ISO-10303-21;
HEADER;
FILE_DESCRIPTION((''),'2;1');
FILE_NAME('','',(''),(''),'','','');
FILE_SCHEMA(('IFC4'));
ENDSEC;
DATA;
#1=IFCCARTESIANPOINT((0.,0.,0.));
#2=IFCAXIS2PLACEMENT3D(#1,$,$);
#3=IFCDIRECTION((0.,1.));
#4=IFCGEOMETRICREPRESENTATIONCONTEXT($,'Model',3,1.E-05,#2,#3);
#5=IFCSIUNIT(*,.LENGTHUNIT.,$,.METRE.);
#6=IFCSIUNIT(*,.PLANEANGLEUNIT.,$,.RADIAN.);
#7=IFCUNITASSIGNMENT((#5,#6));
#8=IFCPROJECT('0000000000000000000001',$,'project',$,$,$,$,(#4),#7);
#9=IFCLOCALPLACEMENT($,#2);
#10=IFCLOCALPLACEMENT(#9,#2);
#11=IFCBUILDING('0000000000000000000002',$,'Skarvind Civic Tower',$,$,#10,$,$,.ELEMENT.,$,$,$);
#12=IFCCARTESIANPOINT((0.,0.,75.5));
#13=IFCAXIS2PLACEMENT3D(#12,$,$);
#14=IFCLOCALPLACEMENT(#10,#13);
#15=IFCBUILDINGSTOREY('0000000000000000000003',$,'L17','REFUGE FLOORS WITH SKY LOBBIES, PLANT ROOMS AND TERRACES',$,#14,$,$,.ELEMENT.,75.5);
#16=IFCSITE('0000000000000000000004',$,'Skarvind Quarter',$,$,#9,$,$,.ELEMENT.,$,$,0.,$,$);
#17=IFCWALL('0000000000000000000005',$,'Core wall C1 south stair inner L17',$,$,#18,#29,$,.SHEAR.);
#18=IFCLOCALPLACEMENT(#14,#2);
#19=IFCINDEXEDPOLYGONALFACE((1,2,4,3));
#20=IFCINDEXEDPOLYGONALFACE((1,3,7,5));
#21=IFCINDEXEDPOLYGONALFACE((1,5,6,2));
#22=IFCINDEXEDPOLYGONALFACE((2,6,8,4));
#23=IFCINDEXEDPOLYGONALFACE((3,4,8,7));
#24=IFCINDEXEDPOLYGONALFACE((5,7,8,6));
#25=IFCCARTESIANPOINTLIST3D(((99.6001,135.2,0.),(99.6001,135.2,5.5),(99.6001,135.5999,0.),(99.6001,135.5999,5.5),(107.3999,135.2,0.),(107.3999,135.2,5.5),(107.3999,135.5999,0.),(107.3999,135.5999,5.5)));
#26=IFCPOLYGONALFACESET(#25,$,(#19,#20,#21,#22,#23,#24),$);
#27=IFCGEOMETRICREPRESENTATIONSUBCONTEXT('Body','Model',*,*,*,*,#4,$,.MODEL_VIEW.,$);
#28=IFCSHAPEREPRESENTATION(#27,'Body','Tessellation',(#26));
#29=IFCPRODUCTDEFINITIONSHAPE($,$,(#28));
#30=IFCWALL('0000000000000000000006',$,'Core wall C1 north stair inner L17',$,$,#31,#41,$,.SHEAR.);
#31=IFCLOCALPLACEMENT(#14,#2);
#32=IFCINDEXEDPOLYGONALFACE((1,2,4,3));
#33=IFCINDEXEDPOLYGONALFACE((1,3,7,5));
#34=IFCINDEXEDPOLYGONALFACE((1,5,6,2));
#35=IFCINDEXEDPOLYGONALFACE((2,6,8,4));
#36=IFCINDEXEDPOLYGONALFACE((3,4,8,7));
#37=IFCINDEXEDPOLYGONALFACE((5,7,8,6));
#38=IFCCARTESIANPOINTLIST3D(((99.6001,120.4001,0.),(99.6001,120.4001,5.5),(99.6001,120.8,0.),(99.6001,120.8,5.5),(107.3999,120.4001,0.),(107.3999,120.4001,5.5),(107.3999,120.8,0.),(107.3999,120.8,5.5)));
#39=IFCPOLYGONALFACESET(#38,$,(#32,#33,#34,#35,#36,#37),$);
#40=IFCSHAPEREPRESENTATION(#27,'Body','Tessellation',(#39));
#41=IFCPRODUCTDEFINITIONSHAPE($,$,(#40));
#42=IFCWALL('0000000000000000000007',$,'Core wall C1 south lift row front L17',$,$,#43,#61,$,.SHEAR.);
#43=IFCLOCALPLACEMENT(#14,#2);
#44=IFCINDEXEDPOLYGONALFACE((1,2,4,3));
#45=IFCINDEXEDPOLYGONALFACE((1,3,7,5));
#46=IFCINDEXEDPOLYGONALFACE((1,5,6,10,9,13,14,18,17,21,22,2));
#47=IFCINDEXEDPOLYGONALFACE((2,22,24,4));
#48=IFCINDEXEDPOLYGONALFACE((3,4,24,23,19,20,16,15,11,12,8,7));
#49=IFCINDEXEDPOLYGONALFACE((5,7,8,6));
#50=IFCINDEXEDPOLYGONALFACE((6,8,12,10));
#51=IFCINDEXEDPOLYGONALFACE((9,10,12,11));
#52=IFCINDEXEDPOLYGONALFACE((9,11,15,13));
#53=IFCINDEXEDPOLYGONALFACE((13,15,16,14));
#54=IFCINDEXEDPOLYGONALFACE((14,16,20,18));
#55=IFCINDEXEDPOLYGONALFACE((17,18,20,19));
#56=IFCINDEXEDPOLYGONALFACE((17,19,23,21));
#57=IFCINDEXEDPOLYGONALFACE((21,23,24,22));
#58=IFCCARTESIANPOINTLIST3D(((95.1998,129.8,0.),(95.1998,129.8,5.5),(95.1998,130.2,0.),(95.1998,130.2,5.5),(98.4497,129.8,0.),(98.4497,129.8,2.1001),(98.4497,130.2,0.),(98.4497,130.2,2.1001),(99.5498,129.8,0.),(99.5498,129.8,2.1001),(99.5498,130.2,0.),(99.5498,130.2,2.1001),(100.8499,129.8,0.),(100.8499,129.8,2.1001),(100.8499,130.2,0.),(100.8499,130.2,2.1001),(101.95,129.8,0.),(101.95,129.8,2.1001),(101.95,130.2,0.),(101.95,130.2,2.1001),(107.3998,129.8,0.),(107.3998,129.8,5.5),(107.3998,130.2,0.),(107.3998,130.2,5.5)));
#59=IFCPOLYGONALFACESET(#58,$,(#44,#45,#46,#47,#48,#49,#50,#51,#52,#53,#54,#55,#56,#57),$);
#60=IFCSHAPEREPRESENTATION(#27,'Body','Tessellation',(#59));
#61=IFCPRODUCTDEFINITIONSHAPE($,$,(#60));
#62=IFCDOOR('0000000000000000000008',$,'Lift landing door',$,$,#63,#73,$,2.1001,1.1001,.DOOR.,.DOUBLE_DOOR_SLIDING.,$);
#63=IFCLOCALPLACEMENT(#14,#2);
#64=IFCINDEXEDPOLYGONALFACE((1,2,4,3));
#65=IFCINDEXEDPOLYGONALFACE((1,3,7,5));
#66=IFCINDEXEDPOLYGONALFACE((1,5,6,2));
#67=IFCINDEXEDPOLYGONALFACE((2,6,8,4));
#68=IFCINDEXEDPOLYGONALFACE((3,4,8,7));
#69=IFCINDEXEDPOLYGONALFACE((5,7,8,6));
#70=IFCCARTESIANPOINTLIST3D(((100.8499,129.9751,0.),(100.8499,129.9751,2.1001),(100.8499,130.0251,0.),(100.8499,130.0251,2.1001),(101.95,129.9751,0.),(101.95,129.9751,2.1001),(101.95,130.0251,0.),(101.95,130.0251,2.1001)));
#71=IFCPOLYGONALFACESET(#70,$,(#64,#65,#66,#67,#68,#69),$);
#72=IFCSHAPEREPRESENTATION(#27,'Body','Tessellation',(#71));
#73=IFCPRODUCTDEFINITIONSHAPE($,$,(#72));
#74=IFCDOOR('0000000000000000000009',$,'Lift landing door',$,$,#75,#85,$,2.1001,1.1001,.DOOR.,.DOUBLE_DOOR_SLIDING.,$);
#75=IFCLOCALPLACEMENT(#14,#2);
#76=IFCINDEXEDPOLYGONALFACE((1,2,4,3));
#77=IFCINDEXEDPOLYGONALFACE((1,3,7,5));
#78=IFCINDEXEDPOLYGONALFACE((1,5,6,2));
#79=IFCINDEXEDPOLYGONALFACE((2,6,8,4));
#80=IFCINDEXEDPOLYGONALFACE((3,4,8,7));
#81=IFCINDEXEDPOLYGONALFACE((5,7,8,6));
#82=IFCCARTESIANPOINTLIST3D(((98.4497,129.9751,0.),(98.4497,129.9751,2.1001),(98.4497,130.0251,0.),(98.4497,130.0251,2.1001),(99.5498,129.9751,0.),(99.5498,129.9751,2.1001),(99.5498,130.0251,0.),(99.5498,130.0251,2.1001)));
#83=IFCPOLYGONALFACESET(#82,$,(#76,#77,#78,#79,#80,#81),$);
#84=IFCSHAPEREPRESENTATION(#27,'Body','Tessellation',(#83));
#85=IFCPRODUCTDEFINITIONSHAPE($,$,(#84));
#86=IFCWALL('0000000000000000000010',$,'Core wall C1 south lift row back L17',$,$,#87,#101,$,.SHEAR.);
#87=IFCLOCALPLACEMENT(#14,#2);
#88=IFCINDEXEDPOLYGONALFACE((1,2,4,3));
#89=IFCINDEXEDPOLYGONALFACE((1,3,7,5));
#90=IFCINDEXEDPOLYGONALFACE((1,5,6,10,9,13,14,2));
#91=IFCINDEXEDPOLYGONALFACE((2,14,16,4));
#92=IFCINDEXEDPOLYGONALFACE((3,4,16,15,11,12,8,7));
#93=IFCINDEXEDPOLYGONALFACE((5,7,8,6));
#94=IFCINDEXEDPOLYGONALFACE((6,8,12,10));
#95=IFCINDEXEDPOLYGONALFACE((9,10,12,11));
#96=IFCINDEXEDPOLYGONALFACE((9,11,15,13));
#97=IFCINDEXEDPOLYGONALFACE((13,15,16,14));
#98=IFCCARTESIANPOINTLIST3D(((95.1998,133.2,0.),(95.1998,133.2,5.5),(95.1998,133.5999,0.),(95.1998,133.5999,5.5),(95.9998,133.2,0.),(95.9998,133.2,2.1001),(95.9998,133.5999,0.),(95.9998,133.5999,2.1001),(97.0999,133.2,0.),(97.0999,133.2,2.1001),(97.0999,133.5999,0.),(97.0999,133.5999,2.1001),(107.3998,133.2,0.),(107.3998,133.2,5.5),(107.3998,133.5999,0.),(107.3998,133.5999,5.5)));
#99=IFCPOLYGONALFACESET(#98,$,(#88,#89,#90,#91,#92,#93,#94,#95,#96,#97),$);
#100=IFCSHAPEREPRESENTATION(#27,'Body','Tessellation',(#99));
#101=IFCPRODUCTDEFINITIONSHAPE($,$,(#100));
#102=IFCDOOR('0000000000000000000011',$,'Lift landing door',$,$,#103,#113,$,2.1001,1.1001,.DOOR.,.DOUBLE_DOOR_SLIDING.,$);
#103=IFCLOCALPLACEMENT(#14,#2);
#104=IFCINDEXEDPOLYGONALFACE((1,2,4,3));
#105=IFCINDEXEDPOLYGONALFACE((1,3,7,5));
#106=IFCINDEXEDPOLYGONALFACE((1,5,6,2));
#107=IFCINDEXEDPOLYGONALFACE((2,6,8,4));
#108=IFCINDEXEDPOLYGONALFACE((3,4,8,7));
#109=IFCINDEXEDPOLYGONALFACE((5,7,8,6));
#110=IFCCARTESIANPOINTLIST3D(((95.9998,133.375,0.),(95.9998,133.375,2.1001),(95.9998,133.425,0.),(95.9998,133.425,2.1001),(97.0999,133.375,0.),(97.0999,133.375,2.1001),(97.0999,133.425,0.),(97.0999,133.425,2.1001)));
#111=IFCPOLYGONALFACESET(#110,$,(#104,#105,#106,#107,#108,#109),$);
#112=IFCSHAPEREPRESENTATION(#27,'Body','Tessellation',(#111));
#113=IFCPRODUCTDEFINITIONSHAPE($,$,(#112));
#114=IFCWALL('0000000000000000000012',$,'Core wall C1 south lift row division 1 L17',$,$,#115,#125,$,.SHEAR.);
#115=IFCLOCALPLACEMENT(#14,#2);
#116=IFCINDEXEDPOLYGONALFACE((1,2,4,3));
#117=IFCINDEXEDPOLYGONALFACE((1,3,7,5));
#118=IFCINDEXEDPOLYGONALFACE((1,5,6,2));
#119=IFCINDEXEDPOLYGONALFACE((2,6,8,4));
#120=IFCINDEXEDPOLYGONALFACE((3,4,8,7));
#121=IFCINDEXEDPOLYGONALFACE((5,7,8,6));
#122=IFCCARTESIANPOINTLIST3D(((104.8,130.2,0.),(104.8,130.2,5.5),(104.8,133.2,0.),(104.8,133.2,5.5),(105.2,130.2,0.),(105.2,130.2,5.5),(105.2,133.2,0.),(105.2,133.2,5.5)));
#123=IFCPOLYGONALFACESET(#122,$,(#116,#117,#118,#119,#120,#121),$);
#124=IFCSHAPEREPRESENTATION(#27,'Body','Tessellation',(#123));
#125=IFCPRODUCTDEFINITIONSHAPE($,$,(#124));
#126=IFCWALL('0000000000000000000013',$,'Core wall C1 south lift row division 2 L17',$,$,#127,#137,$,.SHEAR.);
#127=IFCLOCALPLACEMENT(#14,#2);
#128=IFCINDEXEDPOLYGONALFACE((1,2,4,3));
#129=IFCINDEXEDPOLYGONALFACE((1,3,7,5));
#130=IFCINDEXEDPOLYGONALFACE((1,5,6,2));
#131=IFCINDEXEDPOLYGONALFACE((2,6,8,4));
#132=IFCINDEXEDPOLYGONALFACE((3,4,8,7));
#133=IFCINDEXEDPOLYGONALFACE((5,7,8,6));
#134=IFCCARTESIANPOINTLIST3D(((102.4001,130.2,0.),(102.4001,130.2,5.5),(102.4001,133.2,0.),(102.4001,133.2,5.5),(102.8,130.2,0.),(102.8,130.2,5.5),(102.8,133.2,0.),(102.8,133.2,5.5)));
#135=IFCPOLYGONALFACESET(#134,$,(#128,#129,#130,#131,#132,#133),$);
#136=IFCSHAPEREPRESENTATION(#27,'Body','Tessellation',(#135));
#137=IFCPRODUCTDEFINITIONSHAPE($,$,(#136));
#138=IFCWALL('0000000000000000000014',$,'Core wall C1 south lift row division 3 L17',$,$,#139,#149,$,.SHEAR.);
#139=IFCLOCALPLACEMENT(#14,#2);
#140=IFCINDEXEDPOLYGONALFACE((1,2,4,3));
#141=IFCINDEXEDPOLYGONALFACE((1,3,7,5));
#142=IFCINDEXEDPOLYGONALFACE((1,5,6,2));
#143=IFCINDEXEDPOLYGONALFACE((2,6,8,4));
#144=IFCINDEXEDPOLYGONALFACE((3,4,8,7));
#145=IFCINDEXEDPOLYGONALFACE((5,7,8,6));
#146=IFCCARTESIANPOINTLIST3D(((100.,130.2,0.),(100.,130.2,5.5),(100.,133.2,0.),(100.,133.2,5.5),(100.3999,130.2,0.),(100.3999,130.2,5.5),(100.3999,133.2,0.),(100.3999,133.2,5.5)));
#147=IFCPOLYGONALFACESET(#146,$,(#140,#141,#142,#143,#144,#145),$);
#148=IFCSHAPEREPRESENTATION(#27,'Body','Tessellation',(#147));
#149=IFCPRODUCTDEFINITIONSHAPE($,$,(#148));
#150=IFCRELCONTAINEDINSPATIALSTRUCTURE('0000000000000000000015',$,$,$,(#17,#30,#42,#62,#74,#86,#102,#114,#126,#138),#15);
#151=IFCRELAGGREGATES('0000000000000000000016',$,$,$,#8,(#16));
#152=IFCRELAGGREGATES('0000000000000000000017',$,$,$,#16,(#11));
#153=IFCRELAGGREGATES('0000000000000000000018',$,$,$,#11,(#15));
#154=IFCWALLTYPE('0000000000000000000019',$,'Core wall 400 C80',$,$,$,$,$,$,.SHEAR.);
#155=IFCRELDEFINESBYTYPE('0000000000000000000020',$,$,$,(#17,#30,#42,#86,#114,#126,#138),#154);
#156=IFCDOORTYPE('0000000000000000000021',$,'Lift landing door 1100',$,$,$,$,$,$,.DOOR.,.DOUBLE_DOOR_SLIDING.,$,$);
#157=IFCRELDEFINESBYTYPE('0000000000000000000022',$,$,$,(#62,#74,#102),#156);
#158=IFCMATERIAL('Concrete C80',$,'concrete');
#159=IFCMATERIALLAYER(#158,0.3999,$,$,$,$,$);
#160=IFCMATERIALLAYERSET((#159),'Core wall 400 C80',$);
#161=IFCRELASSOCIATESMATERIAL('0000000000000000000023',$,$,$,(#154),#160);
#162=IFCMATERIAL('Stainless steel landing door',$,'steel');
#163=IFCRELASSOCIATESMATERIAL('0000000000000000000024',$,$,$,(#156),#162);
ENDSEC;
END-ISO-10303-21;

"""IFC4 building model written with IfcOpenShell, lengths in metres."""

from ifc_helpers import new_model, si_unit, direction, frame, frame_2d, origin, place, context, subcontext, project, spatial, rectangle, extrude, material, layer, layer_set, type_object, element, fill, save


model = new_model("IFC4")

# Units and contexts
model_context = context("Model", 3, precision=1e-05, world=origin(), true_north=direction((0.0, 1.0)))
body_context = subcontext(model_context, "Body", "Model", "MODEL_VIEW")
ifc_project = project(units=[si_unit("LENGTHUNIT", "METRE"), si_unit("PLANEANGLEUNIT", "RADIAN")], contexts=[model_context])

# Site, building, storey
site_placement = place(None, origin())
site = spatial("IfcSite", under=ifc_project, at=site_placement, Name="Skarvind Quarter", CompositionType="ELEMENT", RefElevation=0.0)
building_placement = place(site_placement, origin())
building = spatial("IfcBuilding", under=site, at=building_placement, Name="Skarvind Civic Tower", CompositionType="ELEMENT")
storey_placement = place(building_placement, frame((0.0, 0.0, 75.5)))
storey = spatial("IfcBuildingStorey", under=building, at=storey_placement, Name="L17", Description="REFUGE FLOORS WITH SKY LOBBIES, PLANT ROOMS AND TERRACES", CompositionType="ELEMENT", Elevation=75.5)

# Walls
ifc_material_1 = material(Name="Concrete C80", Category="concrete")
ifc_layer_1 = layer(ifc_material_1, 0.3999)
ifc_layer_set_1 = layer_set([ifc_layer_1], Name="Core wall 400 C80")
wall_type_1 = type_object("IfcWallType", Name="Core wall 400 C80", PredefinedType="SHEAR", material=ifc_layer_set_1)
for number, where, z_axis, x_axis, name in (
    (1, (107.3999, 135.3999, 0.0), (0.0, 0.0, 1.0), (-1.0, 0.0, 0.0), "Core wall C1 south stair inner L17"),
    (2, (107.3999, 120.6001, 0.0), (0.0, 0.0, 1.0), (-1.0, 0.0, 0.0), "Core wall C1 north stair inner L17"),
):
    element("IfcWall", number, at=place(storey_placement, frame(where, z_axis=z_axis, x_axis=x_axis)), inside=storey, type_object=wall_type_1, Name=name, PredefinedType="SHEAR", context=body_context, shape_type="SweptSolid", body=[
        extrude(rectangle(XDim=7.7998, YDim=0.3999, at=frame_2d((3.8999, 0.0))), origin(), (0.0, 0.0, 1.0), 5.5),
    ])

# Wall, openings, doors
wall_1_placement = place(storey_placement, frame((107.3999, 130.0, 0.0), z_axis=(0.0, 0.0, 1.0), x_axis=(-1.0, 0.0, 0.0)))
wall_1 = element("IfcWall", 3, at=wall_1_placement, inside=storey, type_object=wall_type_1, Name="Core wall C1 south lift row front L17", PredefinedType="SHEAR", context=body_context, shape_type="SweptSolid", body=[
    extrude(rectangle(XDim=12.2, YDim=0.3999, at=frame_2d((6.1001, 0.0))), origin(), (0.0, 0.0, 1.0), 5.5),
])
opening_1_placement = place(wall_1_placement, frame((5.45, 0.0, 0.0)))
opening_1 = element("IfcOpeningElement", 4, at=opening_1_placement, cuts=wall_1, PredefinedType="OPENING", context=body_context, shape_type="SweptSolid", body=[
    extrude(rectangle(XDim=1.1001, YDim=2.1001, at=frame_2d((0.55, 1.05))), frame((0.0, 0.21, 0.0), z_axis=(0.0, -1.0, 0.0), x_axis=(1.0, 0.0, 0.0)), (0.0, 0.0, 1.0), 0.4199),
])
opening_2_placement = place(wall_1_placement, frame((7.8501, 0.0, 0.0)))
opening_2 = element("IfcOpeningElement", 5, at=opening_2_placement, cuts=wall_1, PredefinedType="OPENING", context=body_context, shape_type="SweptSolid", body=[
    extrude(rectangle(XDim=1.1001, YDim=2.1001, at=frame_2d((0.55, 1.05))), frame((0.0, 0.21, 0.0), z_axis=(0.0, -1.0, 0.0), x_axis=(1.0, 0.0, 0.0)), (0.0, 0.0, 1.0), 0.4199),
])
ifc_material_2 = material(Name="Stainless steel landing door", Category="steel")
door_type_1 = type_object("IfcDoorType", Name="Lift landing door 1100", OperationType="DOUBLE_DOOR_SLIDING", PredefinedType="DOOR", material=ifc_material_2)
door_1_placement = place(opening_1_placement, origin())
door_1 = element("IfcDoor", 6, at=door_1_placement, inside=storey, type_object=door_type_1, Name="Lift landing door", OperationType="DOUBLE_DOOR_SLIDING", OverallHeight=2.1001, OverallWidth=1.1001, PredefinedType="DOOR", context=body_context, shape_type="SweptSolid", body=[
    extrude(rectangle(XDim=1.1001, YDim=2.1001, at=frame_2d((0.55, 1.05))), frame((0.0, 0.0249, 0.0), z_axis=(0.0, -1.0, 0.0), x_axis=(1.0, 0.0, 0.0)), (0.0, 0.0, 1.0), 0.05),
])
fill(opening_1, door_1)
door_2_placement = place(opening_2_placement, origin())
door_2 = element("IfcDoor", 7, at=door_2_placement, inside=storey, type_object=door_type_1, Name="Lift landing door", OperationType="DOUBLE_DOOR_SLIDING", OverallHeight=2.1001, OverallWidth=1.1001, PredefinedType="DOOR", context=body_context, shape_type="SweptSolid", body=[
    extrude(rectangle(XDim=1.1001, YDim=2.1001, at=frame_2d((0.55, 1.05))), frame((0.0, 0.0249, 0.0), z_axis=(0.0, -1.0, 0.0), x_axis=(1.0, 0.0, 0.0)), (0.0, 0.0, 1.0), 0.05),
])
fill(opening_2, door_2)

# Wall, opening, door
wall_2_placement = place(storey_placement, frame((107.3999, 133.3999, 0.0), z_axis=(0.0, 0.0, 1.0), x_axis=(-1.0, 0.0, 0.0)))
wall_2 = element("IfcWall", 8, at=wall_2_placement, inside=storey, type_object=wall_type_1, Name="Core wall C1 south lift row back L17", PredefinedType="SHEAR", context=body_context, shape_type="SweptSolid", body=[
    extrude(rectangle(XDim=12.2, YDim=0.3999, at=frame_2d((6.1001, 0.0))), origin(), (0.0, 0.0, 1.0), 5.5),
])
opening_3_placement = place(wall_2_placement, frame((10.3, 0.0, 0.0)))
opening_3 = element("IfcOpeningElement", 9, at=opening_3_placement, cuts=wall_2, PredefinedType="OPENING", context=body_context, shape_type="SweptSolid", body=[
    extrude(rectangle(XDim=1.1001, YDim=2.1001, at=frame_2d((0.55, 1.05))), frame((0.0, 0.21, 0.0), z_axis=(0.0, -1.0, 0.0), x_axis=(1.0, 0.0, 0.0)), (0.0, 0.0, 1.0), 0.4199),
])
door_3_placement = place(opening_3_placement, origin())
door_3 = element("IfcDoor", 10, at=door_3_placement, inside=storey, type_object=door_type_1, Name="Lift landing door", OperationType="DOUBLE_DOOR_SLIDING", OverallHeight=2.1001, OverallWidth=1.1001, PredefinedType="DOOR", context=body_context, shape_type="SweptSolid", body=[
    extrude(rectangle(XDim=1.1001, YDim=2.1001, at=frame_2d((0.55, 1.05))), frame((0.0, 0.0249, 0.0), z_axis=(0.0, -1.0, 0.0), x_axis=(1.0, 0.0, 0.0)), (0.0, 0.0, 1.0), 0.05),
])
fill(opening_3, door_3)

# Walls
for number, where, z_axis, x_axis, name in (
    (11, (105.0, 133.2, 0.0), (0.0, 0.0, 1.0), (0.0, -1.0, 0.0), "Core wall C1 south lift row division 1 L17"),
    (12, (102.6001, 133.2, 0.0), (0.0, 0.0, 1.0), (0.0, -1.0, 0.0), "Core wall C1 south lift row division 2 L17"),
    (13, (100.2, 133.2, 0.0), (0.0, 0.0, 1.0), (0.0, -1.0, 0.0), "Core wall C1 south lift row division 3 L17"),
):
    element("IfcWall", number, at=place(storey_placement, frame(where, z_axis=z_axis, x_axis=x_axis)), inside=storey, type_object=wall_type_1, Name=name, PredefinedType="SHEAR", context=body_context, shape_type="SweptSolid", body=[
        extrude(rectangle(XDim=3.0, YDim=0.3999, at=frame_2d((1.5, 0.0))), origin(), (0.0, 0.0, 1.0), 5.5),
    ])

save(model, "model.ifc")
